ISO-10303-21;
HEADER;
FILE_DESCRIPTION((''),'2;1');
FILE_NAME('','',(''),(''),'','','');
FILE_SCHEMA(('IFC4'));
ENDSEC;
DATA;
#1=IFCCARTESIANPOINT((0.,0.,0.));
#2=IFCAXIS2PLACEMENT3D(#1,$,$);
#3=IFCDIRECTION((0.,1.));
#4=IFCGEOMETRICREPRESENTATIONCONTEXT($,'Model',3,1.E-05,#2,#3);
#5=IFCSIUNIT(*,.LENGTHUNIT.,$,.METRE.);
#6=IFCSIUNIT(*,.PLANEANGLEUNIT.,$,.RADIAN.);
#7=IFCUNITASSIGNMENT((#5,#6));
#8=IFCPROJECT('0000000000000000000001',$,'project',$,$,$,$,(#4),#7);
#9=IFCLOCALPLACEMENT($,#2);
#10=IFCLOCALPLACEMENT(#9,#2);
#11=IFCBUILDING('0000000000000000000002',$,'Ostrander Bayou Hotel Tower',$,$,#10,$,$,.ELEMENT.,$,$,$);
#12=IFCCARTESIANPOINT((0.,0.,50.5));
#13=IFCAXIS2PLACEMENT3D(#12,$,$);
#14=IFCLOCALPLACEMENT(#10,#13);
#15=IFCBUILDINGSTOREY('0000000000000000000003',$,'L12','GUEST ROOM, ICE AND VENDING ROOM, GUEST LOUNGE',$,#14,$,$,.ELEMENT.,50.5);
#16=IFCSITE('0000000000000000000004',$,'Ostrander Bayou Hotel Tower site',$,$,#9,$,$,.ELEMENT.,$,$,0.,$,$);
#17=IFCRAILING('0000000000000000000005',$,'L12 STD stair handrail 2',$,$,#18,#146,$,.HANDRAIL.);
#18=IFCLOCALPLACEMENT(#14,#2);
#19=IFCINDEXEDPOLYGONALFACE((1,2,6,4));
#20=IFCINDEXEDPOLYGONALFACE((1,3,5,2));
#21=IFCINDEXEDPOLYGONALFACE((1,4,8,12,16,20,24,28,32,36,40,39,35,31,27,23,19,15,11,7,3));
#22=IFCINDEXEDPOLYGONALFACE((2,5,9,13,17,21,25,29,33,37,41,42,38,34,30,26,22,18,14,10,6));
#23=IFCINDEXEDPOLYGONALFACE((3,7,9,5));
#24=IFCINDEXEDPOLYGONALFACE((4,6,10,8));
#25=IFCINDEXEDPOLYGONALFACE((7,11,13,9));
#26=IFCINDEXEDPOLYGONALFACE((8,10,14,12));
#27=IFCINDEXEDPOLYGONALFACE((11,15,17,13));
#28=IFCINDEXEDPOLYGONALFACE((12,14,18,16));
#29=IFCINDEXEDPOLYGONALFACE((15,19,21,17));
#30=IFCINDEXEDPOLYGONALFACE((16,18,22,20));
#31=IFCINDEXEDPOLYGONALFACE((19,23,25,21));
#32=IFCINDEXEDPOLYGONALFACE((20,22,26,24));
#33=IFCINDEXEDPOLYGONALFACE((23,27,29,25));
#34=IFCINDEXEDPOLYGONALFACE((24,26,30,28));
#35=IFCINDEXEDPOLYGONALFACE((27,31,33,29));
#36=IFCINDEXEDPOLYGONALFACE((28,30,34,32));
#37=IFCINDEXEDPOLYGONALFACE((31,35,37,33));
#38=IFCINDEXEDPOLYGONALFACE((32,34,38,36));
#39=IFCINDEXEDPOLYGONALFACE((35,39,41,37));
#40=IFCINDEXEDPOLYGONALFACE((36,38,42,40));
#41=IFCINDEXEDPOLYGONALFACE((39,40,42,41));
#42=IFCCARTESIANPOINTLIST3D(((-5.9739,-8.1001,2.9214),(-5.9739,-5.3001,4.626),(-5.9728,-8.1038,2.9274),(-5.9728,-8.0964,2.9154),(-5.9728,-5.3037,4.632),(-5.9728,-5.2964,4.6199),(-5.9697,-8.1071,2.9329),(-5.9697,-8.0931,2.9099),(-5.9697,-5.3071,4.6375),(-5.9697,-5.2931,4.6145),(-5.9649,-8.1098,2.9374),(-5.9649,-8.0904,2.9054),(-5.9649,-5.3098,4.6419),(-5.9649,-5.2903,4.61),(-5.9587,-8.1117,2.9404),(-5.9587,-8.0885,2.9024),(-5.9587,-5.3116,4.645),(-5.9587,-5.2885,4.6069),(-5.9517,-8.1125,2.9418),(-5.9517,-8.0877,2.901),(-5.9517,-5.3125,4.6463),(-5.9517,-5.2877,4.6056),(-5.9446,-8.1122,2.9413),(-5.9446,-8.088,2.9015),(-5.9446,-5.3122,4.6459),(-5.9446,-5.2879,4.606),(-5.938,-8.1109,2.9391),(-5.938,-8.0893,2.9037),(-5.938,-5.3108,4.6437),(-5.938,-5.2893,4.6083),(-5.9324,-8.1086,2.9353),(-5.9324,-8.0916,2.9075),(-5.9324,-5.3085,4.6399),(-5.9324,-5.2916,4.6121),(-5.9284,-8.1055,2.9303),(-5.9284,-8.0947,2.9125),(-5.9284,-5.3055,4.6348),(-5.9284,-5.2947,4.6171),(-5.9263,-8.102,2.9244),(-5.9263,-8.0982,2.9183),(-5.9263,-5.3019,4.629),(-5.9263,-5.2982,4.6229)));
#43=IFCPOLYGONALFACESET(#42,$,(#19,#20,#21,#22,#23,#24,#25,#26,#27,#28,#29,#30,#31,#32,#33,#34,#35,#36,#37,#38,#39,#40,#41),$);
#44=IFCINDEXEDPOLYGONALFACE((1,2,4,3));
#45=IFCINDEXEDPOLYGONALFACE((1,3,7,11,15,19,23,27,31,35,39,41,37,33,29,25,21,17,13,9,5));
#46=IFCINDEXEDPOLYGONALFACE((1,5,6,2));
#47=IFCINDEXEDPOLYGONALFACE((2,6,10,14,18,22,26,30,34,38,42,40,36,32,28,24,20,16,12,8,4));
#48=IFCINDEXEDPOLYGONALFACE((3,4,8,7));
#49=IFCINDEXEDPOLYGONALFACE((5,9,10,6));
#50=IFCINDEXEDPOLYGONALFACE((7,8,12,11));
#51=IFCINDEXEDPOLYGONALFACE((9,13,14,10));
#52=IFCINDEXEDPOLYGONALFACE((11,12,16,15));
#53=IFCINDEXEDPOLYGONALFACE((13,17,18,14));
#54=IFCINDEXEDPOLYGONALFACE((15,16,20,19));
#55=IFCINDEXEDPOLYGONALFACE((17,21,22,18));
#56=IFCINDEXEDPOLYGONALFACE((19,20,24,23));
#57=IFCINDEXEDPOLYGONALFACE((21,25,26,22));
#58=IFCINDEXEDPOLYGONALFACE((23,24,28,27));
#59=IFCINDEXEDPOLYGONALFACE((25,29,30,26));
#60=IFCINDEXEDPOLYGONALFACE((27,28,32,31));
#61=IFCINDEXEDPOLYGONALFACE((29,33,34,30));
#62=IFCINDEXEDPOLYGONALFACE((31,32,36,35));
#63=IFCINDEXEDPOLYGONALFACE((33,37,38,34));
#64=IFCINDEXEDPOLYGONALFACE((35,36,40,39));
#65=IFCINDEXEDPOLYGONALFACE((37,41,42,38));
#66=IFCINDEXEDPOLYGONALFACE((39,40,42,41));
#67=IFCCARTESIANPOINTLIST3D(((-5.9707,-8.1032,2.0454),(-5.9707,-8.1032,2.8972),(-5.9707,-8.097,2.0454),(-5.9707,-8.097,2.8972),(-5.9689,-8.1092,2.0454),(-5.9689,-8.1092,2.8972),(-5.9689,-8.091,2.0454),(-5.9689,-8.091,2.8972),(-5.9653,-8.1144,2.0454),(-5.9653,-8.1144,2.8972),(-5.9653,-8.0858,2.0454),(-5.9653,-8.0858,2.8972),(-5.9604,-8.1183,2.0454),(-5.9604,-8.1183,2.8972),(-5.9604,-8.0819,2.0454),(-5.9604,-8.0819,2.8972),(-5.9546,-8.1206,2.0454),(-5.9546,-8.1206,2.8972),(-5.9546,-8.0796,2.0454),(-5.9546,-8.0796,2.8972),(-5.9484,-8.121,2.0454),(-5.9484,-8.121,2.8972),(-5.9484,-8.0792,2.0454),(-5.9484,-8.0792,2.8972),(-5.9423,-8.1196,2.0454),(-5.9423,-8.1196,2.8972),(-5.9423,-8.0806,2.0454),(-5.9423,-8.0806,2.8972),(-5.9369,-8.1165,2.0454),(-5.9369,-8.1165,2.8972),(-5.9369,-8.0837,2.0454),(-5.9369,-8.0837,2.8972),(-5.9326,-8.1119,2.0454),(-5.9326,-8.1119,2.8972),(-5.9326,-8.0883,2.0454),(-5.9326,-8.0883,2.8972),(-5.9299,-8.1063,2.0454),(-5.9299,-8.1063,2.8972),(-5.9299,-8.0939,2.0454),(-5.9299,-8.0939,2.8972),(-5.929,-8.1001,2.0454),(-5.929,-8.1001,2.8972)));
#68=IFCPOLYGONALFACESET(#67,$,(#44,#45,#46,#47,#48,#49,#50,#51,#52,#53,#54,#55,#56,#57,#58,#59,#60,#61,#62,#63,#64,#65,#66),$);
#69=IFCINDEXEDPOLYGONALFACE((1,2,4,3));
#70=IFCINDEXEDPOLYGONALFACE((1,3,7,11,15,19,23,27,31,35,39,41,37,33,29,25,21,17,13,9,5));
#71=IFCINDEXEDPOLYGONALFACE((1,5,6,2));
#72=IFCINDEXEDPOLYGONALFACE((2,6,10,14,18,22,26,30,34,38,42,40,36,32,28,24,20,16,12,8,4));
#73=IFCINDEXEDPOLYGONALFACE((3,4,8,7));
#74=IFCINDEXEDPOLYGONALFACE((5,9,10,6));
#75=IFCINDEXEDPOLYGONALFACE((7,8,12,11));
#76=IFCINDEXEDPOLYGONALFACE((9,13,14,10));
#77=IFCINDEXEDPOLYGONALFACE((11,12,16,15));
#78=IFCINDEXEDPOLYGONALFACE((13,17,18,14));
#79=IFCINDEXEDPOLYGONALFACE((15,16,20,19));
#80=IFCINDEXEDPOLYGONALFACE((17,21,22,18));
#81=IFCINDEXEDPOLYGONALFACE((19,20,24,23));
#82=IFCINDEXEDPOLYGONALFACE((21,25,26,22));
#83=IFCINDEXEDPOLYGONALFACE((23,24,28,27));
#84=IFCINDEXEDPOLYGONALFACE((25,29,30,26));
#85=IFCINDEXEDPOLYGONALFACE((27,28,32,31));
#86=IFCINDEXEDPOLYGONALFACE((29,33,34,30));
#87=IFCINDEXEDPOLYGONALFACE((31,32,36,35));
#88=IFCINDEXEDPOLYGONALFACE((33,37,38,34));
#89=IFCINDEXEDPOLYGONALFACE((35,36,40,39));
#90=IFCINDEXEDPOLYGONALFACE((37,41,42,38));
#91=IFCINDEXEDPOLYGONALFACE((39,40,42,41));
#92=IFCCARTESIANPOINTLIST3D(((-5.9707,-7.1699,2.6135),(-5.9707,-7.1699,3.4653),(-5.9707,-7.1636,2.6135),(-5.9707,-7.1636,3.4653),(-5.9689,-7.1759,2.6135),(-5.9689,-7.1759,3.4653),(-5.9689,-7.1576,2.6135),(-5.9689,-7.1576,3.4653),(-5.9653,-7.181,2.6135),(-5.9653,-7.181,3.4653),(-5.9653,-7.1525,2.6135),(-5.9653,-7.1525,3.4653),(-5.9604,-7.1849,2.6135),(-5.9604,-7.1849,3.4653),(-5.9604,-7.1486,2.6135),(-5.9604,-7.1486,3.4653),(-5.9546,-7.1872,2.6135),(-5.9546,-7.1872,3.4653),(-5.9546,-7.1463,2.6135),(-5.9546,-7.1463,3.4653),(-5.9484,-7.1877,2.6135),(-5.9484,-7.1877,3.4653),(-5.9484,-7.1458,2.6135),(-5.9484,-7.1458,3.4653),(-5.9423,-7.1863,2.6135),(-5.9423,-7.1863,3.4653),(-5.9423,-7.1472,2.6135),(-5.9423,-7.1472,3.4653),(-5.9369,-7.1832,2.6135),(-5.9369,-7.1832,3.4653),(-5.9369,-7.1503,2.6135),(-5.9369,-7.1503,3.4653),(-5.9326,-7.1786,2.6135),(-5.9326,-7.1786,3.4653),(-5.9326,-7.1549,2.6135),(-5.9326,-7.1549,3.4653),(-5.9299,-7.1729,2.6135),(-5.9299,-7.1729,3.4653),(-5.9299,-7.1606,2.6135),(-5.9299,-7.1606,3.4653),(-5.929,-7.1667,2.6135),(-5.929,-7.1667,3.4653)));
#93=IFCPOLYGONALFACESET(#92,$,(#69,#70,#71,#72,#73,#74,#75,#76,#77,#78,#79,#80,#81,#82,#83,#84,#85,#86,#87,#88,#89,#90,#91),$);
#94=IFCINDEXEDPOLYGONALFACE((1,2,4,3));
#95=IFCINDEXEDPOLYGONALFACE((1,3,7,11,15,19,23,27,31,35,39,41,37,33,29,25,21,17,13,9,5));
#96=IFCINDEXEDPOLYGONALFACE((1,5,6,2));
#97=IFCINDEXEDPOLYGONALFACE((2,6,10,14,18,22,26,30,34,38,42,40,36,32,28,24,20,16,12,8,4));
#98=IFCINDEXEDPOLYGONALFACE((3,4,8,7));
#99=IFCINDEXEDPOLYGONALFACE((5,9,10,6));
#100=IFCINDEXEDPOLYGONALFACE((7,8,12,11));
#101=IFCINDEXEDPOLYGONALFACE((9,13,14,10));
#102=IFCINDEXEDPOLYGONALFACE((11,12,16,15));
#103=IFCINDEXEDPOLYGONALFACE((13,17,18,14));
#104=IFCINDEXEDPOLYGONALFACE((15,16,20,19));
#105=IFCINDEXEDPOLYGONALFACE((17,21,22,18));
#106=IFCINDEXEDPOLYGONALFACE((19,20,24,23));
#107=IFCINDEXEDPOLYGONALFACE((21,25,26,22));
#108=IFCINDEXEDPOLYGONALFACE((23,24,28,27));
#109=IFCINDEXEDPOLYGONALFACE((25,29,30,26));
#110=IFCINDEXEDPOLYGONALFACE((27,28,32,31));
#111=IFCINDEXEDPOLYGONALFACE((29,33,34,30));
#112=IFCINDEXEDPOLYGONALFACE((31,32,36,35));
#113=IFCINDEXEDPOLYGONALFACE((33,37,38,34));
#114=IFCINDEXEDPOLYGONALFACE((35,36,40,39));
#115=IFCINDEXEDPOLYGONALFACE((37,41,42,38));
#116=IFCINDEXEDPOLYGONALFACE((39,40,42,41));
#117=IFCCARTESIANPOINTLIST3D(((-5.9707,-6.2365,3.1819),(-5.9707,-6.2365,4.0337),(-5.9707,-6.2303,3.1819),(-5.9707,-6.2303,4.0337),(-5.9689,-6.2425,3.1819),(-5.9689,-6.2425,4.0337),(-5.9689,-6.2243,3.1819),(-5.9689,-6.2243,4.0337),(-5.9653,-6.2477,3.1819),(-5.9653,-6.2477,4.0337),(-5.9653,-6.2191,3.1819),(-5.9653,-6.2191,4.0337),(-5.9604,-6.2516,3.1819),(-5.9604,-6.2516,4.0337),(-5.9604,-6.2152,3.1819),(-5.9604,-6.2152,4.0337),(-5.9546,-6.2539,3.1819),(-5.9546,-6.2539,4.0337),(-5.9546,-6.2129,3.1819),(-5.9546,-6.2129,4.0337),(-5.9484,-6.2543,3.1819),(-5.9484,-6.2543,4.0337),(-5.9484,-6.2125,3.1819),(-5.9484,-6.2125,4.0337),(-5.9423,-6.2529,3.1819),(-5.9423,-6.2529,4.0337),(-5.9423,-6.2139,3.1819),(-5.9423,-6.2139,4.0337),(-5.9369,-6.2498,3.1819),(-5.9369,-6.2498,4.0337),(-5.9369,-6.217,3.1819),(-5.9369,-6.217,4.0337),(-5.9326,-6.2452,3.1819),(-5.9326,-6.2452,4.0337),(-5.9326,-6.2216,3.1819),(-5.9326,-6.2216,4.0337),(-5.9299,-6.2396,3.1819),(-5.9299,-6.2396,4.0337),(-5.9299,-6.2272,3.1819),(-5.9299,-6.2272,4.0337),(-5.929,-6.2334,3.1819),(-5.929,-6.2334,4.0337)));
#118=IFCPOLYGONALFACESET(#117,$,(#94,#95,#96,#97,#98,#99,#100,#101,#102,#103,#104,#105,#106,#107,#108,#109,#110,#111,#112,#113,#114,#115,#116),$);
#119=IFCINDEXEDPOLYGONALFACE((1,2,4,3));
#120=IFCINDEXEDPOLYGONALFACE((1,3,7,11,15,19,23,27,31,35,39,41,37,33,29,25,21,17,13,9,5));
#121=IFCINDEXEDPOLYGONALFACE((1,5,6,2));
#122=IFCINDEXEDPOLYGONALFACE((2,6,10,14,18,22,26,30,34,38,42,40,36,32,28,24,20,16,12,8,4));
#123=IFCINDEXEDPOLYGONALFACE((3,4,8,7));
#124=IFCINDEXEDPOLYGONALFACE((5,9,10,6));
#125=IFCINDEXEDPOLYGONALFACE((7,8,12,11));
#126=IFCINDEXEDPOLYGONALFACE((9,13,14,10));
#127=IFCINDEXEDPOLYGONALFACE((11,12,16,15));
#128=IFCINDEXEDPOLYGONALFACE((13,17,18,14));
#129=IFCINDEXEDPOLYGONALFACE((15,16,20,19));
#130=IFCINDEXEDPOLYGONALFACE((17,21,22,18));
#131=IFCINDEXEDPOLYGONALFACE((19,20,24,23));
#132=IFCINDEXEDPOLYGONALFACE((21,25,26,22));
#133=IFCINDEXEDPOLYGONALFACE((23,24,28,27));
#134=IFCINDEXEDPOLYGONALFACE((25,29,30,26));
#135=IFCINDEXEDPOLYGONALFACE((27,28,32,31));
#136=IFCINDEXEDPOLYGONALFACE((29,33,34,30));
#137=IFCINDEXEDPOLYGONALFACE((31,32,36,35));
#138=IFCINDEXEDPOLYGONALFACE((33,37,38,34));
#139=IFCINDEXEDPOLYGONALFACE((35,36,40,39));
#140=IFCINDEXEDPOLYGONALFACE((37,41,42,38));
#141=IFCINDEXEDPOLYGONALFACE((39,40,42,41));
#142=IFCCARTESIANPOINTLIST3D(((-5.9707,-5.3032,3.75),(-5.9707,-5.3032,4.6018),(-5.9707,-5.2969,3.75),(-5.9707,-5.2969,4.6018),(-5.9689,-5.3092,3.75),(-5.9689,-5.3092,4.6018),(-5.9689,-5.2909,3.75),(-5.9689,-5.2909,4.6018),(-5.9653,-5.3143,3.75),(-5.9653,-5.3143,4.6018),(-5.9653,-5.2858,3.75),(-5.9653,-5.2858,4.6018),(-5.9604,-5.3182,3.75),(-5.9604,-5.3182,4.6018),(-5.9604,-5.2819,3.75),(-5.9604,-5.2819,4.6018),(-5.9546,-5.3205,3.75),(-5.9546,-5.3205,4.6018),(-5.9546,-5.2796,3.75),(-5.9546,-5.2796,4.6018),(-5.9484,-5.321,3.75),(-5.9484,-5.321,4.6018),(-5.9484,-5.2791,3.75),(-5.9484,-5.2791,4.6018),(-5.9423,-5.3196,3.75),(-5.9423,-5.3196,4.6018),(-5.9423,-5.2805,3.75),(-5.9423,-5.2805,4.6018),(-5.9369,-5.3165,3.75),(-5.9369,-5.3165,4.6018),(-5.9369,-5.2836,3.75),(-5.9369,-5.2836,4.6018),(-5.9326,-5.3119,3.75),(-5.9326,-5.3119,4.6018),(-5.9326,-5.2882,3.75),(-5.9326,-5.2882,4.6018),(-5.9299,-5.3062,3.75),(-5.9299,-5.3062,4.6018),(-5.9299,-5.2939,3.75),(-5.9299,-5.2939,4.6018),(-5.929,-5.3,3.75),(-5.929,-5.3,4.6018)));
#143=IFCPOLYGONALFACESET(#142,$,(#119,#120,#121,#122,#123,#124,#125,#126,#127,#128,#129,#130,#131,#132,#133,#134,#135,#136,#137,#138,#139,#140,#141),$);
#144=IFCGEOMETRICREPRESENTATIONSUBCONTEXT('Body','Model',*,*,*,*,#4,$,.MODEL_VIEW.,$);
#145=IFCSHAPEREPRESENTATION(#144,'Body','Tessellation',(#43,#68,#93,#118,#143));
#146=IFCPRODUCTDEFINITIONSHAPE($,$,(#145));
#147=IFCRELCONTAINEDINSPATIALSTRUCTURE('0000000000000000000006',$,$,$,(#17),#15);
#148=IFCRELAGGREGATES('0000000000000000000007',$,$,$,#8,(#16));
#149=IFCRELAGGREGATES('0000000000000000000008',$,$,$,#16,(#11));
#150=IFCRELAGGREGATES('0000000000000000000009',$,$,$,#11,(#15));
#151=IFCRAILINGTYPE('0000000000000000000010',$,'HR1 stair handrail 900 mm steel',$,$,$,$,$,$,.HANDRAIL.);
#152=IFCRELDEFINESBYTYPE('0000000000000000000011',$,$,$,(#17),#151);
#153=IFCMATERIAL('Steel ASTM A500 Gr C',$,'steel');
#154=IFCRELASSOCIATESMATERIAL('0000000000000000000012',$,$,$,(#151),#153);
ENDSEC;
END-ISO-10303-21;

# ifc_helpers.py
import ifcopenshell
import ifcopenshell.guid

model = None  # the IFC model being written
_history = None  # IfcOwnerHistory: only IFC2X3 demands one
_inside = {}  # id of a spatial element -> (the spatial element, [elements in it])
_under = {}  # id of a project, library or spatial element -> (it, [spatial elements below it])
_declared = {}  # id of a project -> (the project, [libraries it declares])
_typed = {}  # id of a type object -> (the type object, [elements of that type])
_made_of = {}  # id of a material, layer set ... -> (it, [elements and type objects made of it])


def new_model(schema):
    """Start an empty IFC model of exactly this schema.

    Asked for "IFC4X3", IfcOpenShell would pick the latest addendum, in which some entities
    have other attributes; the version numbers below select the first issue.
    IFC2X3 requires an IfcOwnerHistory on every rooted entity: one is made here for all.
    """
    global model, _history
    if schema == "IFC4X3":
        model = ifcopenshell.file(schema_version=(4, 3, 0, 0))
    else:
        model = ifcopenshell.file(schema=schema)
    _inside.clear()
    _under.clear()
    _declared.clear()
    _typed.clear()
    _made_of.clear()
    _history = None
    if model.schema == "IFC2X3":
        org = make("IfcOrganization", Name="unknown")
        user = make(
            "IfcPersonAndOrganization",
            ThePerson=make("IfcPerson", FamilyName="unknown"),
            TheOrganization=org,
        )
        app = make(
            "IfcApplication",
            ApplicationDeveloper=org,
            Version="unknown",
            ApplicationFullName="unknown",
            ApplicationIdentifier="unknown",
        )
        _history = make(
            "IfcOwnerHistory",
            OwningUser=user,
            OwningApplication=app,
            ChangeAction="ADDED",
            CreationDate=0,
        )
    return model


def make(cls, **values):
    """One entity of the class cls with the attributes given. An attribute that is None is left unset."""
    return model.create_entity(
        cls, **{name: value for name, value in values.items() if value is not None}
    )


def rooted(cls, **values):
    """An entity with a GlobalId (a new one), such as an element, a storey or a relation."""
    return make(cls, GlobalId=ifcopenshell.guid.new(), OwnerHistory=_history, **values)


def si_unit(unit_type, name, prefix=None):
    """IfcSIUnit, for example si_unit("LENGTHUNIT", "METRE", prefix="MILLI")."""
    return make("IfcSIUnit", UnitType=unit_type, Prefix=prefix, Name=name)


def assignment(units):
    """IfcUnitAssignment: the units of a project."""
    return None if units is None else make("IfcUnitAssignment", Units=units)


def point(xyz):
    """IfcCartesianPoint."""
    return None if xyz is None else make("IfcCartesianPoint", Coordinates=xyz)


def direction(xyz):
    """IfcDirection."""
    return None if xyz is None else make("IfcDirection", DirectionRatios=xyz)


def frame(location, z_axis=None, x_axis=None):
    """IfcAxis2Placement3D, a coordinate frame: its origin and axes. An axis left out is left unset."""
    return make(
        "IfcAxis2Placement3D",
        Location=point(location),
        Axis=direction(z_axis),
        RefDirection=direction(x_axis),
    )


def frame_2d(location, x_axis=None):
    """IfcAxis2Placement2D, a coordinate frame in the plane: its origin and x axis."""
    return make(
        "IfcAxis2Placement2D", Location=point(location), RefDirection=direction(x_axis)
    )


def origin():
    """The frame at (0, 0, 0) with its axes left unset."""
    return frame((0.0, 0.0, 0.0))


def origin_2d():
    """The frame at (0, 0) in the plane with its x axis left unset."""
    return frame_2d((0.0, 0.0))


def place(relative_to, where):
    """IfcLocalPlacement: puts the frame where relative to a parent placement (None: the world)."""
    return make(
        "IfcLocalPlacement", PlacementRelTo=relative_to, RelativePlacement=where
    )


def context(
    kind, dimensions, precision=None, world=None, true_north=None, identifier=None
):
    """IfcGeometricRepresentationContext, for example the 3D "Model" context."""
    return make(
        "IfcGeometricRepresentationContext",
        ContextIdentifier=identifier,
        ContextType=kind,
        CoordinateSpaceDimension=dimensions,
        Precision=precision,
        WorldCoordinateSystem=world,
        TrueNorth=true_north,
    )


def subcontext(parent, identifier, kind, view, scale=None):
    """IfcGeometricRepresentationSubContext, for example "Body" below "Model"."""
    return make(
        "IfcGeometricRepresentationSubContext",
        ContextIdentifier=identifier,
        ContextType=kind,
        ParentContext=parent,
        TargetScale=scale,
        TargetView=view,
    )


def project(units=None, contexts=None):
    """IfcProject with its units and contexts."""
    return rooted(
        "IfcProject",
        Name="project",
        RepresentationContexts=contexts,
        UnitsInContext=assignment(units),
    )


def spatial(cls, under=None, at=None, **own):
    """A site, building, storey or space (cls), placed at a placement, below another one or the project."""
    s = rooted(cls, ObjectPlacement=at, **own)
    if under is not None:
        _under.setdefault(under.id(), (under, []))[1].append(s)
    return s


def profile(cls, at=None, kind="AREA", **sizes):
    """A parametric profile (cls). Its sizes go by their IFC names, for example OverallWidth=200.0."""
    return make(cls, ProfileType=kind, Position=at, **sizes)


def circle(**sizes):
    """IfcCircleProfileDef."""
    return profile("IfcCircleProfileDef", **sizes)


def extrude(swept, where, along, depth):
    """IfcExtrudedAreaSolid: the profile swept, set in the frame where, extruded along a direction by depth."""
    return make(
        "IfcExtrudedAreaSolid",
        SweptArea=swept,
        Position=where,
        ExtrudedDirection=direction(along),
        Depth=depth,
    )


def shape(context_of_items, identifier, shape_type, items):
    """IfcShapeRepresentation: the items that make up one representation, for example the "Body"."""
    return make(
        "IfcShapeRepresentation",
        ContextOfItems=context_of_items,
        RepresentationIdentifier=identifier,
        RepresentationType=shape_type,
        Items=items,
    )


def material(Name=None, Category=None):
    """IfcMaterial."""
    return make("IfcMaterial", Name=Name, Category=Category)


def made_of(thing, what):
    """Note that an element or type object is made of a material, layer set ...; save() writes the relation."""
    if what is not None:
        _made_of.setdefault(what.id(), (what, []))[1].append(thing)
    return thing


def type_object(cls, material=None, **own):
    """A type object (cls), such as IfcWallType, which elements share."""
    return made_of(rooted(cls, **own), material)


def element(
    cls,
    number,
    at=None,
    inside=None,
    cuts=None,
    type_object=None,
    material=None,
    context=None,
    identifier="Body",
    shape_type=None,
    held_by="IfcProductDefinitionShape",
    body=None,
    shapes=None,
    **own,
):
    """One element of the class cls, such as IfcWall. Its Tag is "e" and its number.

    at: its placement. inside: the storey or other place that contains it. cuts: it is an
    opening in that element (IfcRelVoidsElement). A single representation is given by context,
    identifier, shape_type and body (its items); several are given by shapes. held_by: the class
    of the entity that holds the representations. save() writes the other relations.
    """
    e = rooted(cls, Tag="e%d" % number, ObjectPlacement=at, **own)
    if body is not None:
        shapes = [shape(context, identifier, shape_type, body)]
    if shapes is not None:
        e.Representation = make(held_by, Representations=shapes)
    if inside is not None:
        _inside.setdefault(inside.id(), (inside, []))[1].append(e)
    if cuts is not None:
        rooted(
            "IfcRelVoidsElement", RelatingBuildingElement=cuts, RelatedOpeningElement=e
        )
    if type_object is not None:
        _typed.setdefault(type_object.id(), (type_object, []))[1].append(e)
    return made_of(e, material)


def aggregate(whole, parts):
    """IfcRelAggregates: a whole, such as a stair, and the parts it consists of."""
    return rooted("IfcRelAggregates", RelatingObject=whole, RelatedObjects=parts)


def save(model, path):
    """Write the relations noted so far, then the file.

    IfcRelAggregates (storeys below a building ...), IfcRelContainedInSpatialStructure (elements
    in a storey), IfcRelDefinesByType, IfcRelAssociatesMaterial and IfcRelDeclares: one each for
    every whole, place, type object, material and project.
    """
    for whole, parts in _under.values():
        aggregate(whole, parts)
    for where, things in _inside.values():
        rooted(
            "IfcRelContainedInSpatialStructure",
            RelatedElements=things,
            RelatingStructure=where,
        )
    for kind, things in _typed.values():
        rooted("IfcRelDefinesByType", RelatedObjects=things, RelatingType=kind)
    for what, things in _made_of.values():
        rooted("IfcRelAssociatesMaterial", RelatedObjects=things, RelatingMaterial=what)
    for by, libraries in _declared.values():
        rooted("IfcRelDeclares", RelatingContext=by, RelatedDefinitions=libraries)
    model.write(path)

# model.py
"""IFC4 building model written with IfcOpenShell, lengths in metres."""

from ifc_helpers import new_model, si_unit, direction, frame, origin, origin_2d, place, context, subcontext, project, spatial, circle, extrude, material, type_object, element, save


model = new_model("IFC4")

# Units and contexts
model_context = context("Model", 3, precision=1e-05, world=origin(), true_north=direction((0.0, 1.0)))
body_context = subcontext(model_context, "Body", "Model", "MODEL_VIEW")
ifc_project = project(units=[si_unit("LENGTHUNIT", "METRE"), si_unit("PLANEANGLEUNIT", "RADIAN")], contexts=[model_context])

# Site, building, storey
site_placement = place(None, origin())
site = spatial("IfcSite", under=ifc_project, at=site_placement, Name="Ostrander Bayou Hotel Tower site", CompositionType="ELEMENT", RefElevation=0.0)
building_placement = place(site_placement, origin())
building = spatial("IfcBuilding", under=site, at=building_placement, Name="Ostrander Bayou Hotel Tower", CompositionType="ELEMENT")
storey_placement = place(building_placement, frame((0.0, 0.0, 50.5)))
storey = spatial("IfcBuildingStorey", under=building, at=storey_placement, Name="L12", Description="GUEST ROOM, ICE AND VENDING ROOM, GUEST LOUNGE", CompositionType="ELEMENT", Elevation=50.5)

# Railing
ifc_material_1 = material(Name="Steel ASTM A500 Gr C", Category="steel")
railing_type_1 = type_object("IfcRailingType", Name="HR1 stair handrail 900 mm steel", PredefinedType="HANDRAIL", material=ifc_material_1)
railing_1_placement = place(storey_placement, frame((-5.95, -8.1001, 2.0454)))
element("IfcRailing", 1, at=railing_1_placement, inside=storey, type_object=railing_type_1, Name="L12 STD stair handrail 2", PredefinedType="HANDRAIL", context=body_context, shape_type="SweptSolid", body=[
    extrude(circle(Radius=0.0239, at=origin_2d()), frame((0.0, 0.0, 0.876), z_axis=(0.0, 0.85417, 0.519994), x_axis=(-1.0, 0.0, 0.0)), (0.0, 0.0, 1.0), 3.2781),
    extrude(circle(Radius=0.021, at=origin_2d()), origin(), (0.0, 0.0, 1.0), 0.8518),
    extrude(circle(Radius=0.021, at=origin_2d()), frame((0.0, 0.9333, 0.5681)), (0.0, 0.0, 1.0), 0.8518),
    extrude(circle(Radius=0.021, at=origin_2d()), frame((0.0, 1.8667, 1.1365)), (0.0, 0.0, 1.0), 0.8518),
    extrude(circle(Radius=0.021, at=origin_2d()), frame((0.0, 2.8, 1.7046)), (0.0, 0.0, 1.0), 0.8518),
])

save(model, "model.ifc")
